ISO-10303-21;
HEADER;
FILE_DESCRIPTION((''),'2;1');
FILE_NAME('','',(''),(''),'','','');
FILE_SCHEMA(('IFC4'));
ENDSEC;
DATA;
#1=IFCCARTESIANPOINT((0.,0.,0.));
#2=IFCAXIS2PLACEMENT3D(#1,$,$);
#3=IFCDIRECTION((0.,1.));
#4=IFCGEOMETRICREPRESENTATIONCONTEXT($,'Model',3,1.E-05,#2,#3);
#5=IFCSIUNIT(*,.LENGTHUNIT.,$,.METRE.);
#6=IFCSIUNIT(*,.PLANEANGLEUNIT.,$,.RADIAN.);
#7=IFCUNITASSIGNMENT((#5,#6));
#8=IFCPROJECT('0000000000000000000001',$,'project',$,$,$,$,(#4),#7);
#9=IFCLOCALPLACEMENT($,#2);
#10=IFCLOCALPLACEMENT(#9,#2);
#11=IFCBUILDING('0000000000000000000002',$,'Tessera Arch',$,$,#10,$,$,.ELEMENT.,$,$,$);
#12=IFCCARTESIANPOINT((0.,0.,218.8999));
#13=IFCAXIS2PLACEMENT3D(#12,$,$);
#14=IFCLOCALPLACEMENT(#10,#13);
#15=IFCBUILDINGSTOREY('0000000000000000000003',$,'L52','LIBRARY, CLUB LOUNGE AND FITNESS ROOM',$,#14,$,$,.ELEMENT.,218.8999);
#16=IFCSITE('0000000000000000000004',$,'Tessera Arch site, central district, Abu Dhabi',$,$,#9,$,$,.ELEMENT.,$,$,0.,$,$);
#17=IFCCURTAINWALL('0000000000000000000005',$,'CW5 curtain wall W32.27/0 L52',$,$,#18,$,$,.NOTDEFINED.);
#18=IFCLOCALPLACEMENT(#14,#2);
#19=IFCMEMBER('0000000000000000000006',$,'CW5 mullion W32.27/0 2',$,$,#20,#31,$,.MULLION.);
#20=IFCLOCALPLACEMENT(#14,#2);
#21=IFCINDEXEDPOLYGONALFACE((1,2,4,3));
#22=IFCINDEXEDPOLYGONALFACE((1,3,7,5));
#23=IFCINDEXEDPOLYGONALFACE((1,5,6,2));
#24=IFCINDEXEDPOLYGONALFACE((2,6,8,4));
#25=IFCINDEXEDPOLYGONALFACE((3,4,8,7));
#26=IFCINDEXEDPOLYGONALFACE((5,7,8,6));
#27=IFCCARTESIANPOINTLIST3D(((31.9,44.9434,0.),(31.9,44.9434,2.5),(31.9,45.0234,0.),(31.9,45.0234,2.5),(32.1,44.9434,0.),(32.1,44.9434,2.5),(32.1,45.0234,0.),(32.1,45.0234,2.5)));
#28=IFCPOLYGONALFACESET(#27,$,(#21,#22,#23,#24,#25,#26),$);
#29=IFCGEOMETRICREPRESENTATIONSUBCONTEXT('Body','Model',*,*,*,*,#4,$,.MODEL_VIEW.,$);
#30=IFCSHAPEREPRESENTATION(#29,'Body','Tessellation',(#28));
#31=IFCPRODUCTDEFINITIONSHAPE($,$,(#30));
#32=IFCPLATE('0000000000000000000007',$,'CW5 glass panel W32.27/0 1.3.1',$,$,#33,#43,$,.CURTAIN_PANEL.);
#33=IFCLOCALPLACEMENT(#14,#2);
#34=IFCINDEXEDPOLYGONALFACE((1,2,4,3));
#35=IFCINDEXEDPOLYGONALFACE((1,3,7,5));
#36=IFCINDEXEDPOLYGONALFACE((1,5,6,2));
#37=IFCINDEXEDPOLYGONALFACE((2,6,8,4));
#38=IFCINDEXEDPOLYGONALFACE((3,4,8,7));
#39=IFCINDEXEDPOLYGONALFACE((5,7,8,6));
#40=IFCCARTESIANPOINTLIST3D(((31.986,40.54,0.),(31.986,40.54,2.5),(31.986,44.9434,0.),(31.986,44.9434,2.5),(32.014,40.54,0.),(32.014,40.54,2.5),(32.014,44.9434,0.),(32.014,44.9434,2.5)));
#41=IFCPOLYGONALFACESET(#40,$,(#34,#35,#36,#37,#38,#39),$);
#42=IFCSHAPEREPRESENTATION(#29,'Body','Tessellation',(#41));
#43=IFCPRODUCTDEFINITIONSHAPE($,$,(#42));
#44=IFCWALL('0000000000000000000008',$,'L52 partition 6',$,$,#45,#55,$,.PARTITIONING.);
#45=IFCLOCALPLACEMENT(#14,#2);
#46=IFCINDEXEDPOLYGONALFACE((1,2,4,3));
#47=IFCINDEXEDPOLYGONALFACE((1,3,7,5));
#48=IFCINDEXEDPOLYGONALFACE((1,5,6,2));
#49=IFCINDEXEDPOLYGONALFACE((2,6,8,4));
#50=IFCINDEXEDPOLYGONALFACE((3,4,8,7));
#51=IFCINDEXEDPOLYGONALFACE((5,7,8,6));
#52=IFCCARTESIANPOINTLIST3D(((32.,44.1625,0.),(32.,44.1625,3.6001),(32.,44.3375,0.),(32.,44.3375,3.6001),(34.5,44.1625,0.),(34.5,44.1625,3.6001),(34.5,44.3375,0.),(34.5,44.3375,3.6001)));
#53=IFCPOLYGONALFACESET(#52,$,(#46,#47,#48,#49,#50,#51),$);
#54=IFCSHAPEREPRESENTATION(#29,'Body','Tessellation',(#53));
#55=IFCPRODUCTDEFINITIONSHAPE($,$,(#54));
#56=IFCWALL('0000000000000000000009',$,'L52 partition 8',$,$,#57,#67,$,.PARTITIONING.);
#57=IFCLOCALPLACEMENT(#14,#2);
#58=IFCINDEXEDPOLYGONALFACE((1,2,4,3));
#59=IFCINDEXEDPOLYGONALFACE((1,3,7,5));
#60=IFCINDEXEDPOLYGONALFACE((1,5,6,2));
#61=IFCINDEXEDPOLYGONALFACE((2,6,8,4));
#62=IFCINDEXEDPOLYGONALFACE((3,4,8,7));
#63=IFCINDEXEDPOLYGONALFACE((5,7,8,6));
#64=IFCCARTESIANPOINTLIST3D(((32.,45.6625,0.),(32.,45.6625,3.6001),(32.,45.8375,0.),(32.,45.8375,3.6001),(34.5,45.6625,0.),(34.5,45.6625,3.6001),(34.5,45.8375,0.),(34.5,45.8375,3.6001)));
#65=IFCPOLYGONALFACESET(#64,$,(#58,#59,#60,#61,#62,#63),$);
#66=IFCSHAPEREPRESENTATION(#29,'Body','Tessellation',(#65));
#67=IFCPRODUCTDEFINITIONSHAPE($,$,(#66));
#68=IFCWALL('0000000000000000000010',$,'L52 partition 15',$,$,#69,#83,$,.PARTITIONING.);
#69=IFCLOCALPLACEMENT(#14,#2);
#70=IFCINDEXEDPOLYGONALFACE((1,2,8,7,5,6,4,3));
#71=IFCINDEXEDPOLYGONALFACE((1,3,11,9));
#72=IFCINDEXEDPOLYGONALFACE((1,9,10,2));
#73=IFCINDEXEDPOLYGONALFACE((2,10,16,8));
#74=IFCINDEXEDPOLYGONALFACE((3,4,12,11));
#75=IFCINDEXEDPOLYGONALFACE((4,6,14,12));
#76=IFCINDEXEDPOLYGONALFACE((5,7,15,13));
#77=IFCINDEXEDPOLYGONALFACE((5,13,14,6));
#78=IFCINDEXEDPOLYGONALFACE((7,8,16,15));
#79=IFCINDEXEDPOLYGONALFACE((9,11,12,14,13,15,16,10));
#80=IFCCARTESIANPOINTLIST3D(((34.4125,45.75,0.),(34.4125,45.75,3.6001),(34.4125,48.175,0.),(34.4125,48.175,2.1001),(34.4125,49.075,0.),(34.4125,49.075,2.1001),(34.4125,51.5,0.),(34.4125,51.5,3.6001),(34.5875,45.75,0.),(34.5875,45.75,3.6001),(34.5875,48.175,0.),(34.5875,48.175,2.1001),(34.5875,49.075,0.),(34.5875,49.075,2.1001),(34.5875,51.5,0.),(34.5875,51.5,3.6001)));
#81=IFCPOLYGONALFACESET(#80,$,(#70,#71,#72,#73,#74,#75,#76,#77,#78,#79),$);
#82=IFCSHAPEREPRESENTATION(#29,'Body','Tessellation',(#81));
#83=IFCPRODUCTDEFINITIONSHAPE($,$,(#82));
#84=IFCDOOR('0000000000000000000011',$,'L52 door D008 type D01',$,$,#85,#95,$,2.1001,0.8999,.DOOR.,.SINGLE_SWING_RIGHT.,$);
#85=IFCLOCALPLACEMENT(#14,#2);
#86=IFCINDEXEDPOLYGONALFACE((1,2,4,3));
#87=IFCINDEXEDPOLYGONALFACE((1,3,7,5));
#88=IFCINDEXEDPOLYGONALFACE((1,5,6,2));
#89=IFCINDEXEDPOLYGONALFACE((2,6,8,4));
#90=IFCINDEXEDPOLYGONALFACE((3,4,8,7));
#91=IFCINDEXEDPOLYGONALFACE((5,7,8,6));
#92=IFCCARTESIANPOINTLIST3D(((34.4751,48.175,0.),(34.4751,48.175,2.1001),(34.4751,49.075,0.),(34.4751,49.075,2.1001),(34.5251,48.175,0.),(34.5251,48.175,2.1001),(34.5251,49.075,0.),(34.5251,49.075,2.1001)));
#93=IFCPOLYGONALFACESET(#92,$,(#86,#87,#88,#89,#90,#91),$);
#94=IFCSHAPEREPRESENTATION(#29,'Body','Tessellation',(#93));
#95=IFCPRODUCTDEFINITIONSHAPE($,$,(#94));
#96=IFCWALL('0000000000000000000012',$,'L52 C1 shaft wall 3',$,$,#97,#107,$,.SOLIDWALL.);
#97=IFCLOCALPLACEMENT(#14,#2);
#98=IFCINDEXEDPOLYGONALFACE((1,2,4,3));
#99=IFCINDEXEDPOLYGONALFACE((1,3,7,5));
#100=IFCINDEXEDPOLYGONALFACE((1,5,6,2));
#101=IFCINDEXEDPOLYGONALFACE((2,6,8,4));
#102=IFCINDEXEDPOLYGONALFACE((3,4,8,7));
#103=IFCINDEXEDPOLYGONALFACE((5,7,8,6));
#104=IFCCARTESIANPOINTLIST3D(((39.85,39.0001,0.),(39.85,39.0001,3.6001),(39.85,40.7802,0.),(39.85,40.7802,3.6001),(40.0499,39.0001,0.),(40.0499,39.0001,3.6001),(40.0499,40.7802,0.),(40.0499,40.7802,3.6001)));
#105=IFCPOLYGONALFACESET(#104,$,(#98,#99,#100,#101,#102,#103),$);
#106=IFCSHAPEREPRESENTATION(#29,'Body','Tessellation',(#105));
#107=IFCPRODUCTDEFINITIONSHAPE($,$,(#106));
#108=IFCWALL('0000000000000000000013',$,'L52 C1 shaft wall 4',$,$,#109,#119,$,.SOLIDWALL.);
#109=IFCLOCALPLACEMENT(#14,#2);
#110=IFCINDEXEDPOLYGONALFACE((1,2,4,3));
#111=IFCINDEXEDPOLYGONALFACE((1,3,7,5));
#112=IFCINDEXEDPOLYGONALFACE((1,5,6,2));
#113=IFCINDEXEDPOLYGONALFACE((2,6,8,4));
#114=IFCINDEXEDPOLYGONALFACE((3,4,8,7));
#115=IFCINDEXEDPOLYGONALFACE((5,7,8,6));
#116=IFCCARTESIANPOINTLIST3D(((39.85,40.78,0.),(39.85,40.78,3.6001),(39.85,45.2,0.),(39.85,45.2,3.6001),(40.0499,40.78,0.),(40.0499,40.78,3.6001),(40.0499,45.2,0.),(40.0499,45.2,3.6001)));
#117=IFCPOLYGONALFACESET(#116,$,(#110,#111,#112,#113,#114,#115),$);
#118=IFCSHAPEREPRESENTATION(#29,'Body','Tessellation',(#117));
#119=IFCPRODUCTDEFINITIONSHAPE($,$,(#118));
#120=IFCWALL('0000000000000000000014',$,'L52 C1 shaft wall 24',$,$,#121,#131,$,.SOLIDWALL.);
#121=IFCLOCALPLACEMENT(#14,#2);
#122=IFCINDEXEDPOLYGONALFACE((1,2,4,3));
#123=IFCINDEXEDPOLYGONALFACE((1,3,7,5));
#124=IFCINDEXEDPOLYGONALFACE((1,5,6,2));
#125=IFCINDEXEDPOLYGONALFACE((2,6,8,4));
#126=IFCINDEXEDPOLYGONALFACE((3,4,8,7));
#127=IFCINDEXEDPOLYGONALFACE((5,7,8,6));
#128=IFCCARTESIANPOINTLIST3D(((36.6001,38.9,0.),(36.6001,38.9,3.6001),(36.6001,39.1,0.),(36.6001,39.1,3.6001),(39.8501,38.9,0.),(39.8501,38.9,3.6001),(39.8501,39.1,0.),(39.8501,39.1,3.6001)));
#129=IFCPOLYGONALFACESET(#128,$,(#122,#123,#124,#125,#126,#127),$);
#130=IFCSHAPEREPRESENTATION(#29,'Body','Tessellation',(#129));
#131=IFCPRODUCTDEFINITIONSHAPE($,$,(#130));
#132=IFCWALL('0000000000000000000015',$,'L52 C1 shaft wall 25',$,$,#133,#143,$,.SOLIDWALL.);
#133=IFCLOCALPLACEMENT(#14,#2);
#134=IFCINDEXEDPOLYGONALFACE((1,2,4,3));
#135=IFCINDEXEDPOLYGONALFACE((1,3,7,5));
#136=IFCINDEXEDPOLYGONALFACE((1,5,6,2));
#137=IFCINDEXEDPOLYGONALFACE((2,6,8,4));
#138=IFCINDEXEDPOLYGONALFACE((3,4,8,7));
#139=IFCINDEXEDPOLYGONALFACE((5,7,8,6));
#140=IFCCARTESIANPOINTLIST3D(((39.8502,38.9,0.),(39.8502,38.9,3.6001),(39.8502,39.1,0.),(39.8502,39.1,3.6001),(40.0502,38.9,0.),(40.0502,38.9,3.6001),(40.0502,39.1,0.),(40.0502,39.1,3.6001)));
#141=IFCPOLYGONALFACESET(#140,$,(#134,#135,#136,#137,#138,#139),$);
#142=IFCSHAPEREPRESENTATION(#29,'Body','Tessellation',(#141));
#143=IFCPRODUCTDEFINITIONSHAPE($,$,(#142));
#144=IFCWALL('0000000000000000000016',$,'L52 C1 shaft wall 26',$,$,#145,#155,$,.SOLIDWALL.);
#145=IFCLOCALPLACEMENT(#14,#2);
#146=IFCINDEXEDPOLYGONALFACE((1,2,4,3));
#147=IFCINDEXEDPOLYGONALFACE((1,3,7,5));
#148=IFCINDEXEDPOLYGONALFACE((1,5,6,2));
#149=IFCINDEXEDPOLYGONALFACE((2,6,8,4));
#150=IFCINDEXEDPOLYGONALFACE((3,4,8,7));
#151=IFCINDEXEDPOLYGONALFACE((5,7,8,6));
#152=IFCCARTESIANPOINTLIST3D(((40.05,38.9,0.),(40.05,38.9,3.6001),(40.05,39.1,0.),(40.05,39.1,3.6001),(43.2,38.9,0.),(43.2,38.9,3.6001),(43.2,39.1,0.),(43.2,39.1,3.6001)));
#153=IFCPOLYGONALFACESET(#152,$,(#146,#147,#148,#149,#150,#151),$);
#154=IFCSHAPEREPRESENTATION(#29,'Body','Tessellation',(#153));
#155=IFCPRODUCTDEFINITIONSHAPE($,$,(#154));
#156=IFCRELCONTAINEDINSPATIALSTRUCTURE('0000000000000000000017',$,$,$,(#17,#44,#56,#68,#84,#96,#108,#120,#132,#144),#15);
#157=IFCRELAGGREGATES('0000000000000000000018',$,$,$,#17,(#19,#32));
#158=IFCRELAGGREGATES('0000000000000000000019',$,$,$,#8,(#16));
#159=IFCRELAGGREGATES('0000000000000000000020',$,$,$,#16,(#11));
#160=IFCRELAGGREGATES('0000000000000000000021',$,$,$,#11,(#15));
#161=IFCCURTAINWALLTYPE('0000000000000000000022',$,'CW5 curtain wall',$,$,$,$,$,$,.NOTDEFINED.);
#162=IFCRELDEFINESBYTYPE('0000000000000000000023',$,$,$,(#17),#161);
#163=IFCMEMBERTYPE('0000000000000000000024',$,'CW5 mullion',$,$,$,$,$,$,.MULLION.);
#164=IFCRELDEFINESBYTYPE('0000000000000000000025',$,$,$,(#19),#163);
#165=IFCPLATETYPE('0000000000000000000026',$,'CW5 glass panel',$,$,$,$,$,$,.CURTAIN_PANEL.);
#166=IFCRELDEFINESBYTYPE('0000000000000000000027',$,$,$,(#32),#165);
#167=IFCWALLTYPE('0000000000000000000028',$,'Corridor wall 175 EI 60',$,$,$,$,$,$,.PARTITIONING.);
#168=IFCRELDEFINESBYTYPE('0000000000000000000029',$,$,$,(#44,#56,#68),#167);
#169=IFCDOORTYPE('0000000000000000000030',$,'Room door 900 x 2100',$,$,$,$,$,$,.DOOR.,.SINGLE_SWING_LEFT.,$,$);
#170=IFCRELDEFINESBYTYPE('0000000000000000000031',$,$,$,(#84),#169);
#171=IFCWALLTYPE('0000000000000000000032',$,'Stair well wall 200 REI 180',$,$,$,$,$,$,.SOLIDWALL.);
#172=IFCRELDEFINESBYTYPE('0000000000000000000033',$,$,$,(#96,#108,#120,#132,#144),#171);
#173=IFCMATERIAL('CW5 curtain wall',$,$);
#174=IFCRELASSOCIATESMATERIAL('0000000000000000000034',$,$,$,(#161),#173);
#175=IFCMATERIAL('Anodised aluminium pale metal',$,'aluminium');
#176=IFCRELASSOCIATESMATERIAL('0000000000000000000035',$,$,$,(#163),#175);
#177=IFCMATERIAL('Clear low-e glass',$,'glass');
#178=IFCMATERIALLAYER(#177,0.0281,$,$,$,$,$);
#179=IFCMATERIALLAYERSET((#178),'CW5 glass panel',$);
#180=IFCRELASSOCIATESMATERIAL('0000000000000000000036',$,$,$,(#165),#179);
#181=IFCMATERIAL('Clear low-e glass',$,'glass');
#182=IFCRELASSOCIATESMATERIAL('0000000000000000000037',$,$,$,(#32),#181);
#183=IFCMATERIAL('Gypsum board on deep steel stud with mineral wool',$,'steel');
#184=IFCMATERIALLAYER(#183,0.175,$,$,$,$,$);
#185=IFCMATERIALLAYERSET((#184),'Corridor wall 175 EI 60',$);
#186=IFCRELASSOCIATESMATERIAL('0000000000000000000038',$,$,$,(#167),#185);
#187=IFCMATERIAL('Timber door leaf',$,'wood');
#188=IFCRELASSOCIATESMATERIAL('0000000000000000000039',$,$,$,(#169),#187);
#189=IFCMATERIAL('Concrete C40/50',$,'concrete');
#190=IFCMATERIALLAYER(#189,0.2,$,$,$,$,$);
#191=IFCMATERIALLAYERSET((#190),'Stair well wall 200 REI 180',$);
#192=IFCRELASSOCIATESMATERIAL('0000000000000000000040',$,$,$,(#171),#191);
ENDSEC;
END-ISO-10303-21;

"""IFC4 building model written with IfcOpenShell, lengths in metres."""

from ifc_helpers import new_model, si_unit, direction, frame, frame_2d, origin, origin_2d, place, context, subcontext, project, spatial, rectangle, extrude, material, layer, layer_set, material_profile, profile_set, type_object, element, fill, aggregate, save


model = new_model("IFC4")

# Units and contexts
model_context = context("Model", 3, precision=1e-05, world=origin(), true_north=direction((0.0, 1.0)))
body_context = subcontext(model_context, "Body", "Model", "MODEL_VIEW")
ifc_project = project(units=[si_unit("LENGTHUNIT", "METRE"), si_unit("PLANEANGLEUNIT", "RADIAN")], contexts=[model_context])

# Site, building, storey
site_placement = place(None, origin())
site = spatial("IfcSite", under=ifc_project, at=site_placement, Name="Tessera Arch site, central district, Abu Dhabi", CompositionType="ELEMENT", RefElevation=0.0)
building_placement = place(site_placement, origin())
building = spatial("IfcBuilding", under=site, at=building_placement, Name="Tessera Arch", CompositionType="ELEMENT")
storey_placement = place(building_placement, frame((0.0, 0.0, 218.8999)))
storey = spatial("IfcBuildingStorey", under=building, at=storey_placement, Name="L52", Description="LIBRARY, CLUB LOUNGE AND FITNESS ROOM", CompositionType="ELEMENT", Elevation=218.8999)

# Curtain wall, member, plate
ifc_material_1 = material(Name="CW5 curtain wall")
curtain_wall_type = type_object("IfcCurtainWallType", Name="CW5 curtain wall", PredefinedType="NOTDEFINED", material=ifc_material_1)
curtain_wall_placement = place(storey_placement, origin())
curtain_wall = element("IfcCurtainWall", 1, at=curtain_wall_placement, inside=storey, type_object=curtain_wall_type, Name="CW5 curtain wall W32.27/0 L52", PredefinedType="NOTDEFINED")
ifc_material_2 = material(Name="Anodised aluminium pale metal", Category="aluminium")
ifc_material_profile = material_profile(ifc_material_2, rectangle(XDim=0.2, YDim=0.0801, at=origin_2d()), Name="AL 80x200")
ifc_profile_set = profile_set([ifc_material_profile], Name="Anodised aluminium pale metal")
member_type = type_object("IfcMemberType", Name="CW5 mullion", PredefinedType="MULLION", material=ifc_profile_set)
member_placement = place(storey_placement, frame((32.0, 44.9834, 0.0), z_axis=(0.0, 0.0, 1.0), x_axis=(1.0, 0.0, 0.0)))
member = element("IfcMember", 2, at=member_placement, type_object=member_type, Name="CW5 mullion W32.27/0 2", PredefinedType="MULLION", context=body_context, shape_type="SweptSolid", body=[
    extrude(rectangle(XDim=0.2, YDim=0.0801, at=origin_2d()), origin(), (0.0, 0.0, 1.0), 2.5),
])
ifc_material_3 = material(Name="Clear low-e glass", Category="glass")
ifc_material_4 = material(Name="Clear low-e glass", Category="glass")
ifc_layer_1 = layer(ifc_material_4, 0.0281)
ifc_layer_set_1 = layer_set([ifc_layer_1], Name="CW5 glass panel")
plate_type = type_object("IfcPlateType", Name="CW5 glass panel", PredefinedType="CURTAIN_PANEL", material=ifc_layer_set_1)
plate_placement = place(storey_placement, frame((32.0, 42.7417, 0.0), z_axis=(0.0, 0.0, 1.0), x_axis=(0.0, -1.0, 0.0)))
plate = element("IfcPlate", 3, at=plate_placement, type_object=plate_type, material=ifc_material_3, Name="CW5 glass panel W32.27/0 1.3.1", PredefinedType="CURTAIN_PANEL", context=body_context, shape_type="SweptSolid", body=[
    extrude(rectangle(XDim=4.4033, YDim=0.0281, at=origin_2d()), origin(), (0.0, 0.0, 1.0), 2.5),
])
aggregate(curtain_wall, [member, plate])

# Walls
ifc_material_5 = material(Name="Gypsum board on deep steel stud with mineral wool", Category="steel")
ifc_layer_2 = layer(ifc_material_5, 0.175)
ifc_layer_set_2 = layer_set([ifc_layer_2], Name="Corridor wall 175 EI 60")
wall_type_1 = type_object("IfcWallType", Name="Corridor wall 175 EI 60", PredefinedType="PARTITIONING", material=ifc_layer_set_2)
for number, where, z_axis, x_axis, name in (
    (4, (32.0, 44.25, 0.0), (0.0, 0.0, 1.0), (1.0, 0.0, 0.0), "L52 partition 6"),
    (5, (32.0, 45.75, 0.0), (0.0, 0.0, 1.0), (1.0, 0.0, 0.0), "L52 partition 8"),
):
    element("IfcWall", number, at=place(storey_placement, frame(where, z_axis=z_axis, x_axis=x_axis)), inside=storey, type_object=wall_type_1, Name=name, PredefinedType="PARTITIONING", context=body_context, shape_type="SweptSolid", body=[
        extrude(rectangle(XDim=2.5, YDim=0.175, at=frame_2d((1.25, 0.0))), origin(), (0.0, 0.0, 1.0), 3.6001),
    ])

# Wall, opening, door
wall_1_placement = place(storey_placement, frame((34.5, 45.75, 0.0), z_axis=(0.0, 0.0, 1.0), x_axis=(0.0, 1.0, 0.0)))
wall_1 = element("IfcWall", 6, at=wall_1_placement, inside=storey, type_object=wall_type_1, Name="L52 partition 15", PredefinedType="PARTITIONING", context=body_context, shape_type="SweptSolid", body=[
    extrude(rectangle(XDim=5.75, YDim=0.175, at=frame_2d((2.875, 0.0))), origin(), (0.0, 0.0, 1.0), 3.6001),
])
opening_1_placement = place(wall_1_placement, frame((2.425, 0.0, 0.0)))
opening_1 = element("IfcOpeningElement", 7, at=opening_1_placement, cuts=wall_1, PredefinedType="OPENING", context=body_context, shape_type="SweptSolid", body=[
    extrude(rectangle(XDim=0.8999, YDim=2.1001, at=frame_2d((0.45, 1.05))), frame((0.0, 0.0974, 0.0), z_axis=(0.0, -1.0, 0.0), x_axis=(1.0, 0.0, 0.0)), (0.0, 0.0, 1.0), 0.1951),
])
ifc_material_6 = material(Name="Timber door leaf", Category="wood")
door_type_1 = type_object("IfcDoorType", Name="Room door 900 x 2100", OperationType="SINGLE_SWING_LEFT", PredefinedType="DOOR", material=ifc_material_6)
door_1_placement = place(opening_1_placement, origin())
door_1 = element("IfcDoor", 8, at=door_1_placement, inside=storey, type_object=door_type_1, Name="L52 door D008 type D01", OperationType="SINGLE_SWING_RIGHT", OverallHeight=2.1001, OverallWidth=0.8999, PredefinedType="DOOR", context=body_context, shape_type="SweptSolid", body=[
    extrude(rectangle(XDim=0.8999, YDim=2.1001, at=frame_2d((0.45, 1.05))), frame((0.0, 0.0249, 0.0), z_axis=(0.0, -1.0, 0.0), x_axis=(1.0, 0.0, 0.0)), (0.0, 0.0, 1.0), 0.05),
])
fill(opening_1, door_1)

# Walls
ifc_material_7 = material(Name="Concrete C40/50", Category="concrete")
ifc_layer_3 = layer(ifc_material_7, 0.2)
ifc_layer_set_3 = layer_set([ifc_layer_3], Name="Stair well wall 200 REI 180")
wall_type_2 = type_object("IfcWallType", Name="Stair well wall 200 REI 180", PredefinedType="SOLIDWALL", material=ifc_layer_set_3)
wall_2_placement = place(storey_placement, frame((39.95, 39.0, 0.0), z_axis=(0.0, 0.0, 1.0), x_axis=(0.0, 1.0, 0.0)))
element("IfcWall", 9, at=wall_2_placement, inside=storey, type_object=wall_type_2, Name="L52 C1 shaft wall 3", PredefinedType="SOLIDWALL", context=body_context, shape_type="SweptSolid", body=[
    extrude(rectangle(XDim=1.78, YDim=0.2, at=frame_2d((0.8901, 0.0))), origin(), (0.0, 0.0, 1.0), 3.6001),
])
wall_3_placement = place(storey_placement, frame((39.95, 40.78, 0.0), z_axis=(0.0, 0.0, 1.0), x_axis=(0.0, 1.0, 0.0)))
element("IfcWall", 10, at=wall_3_placement, inside=storey, type_object=wall_type_2, Name="L52 C1 shaft wall 4", PredefinedType="SOLIDWALL", context=body_context, shape_type="SweptSolid", body=[
    extrude(rectangle(XDim=4.4199, YDim=0.2, at=frame_2d((2.21, 0.0))), origin(), (0.0, 0.0, 1.0), 3.6001),
])
wall_4_placement = place(storey_placement, frame((36.6001, 39.0, 0.0), z_axis=(0.0, 0.0, 1.0), x_axis=(1.0, 0.0, 0.0)))
element("IfcWall", 11, at=wall_4_placement, inside=storey, type_object=wall_type_2, Name="L52 C1 shaft wall 24", PredefinedType="SOLIDWALL", context=body_context, shape_type="SweptSolid", body=[
    extrude(rectangle(XDim=3.25, YDim=0.2, at=frame_2d((1.625, 0.0))), origin(), (0.0, 0.0, 1.0), 3.6001),
])
wall_5_placement = place(storey_placement, frame((39.8501, 39.0, 0.0), z_axis=(0.0, 0.0, 1.0), x_axis=(1.0, 0.0, 0.0)))
element("IfcWall", 12, at=wall_5_placement, inside=storey, type_object=wall_type_2, Name="L52 C1 shaft wall 25", PredefinedType="SOLIDWALL", context=body_context, shape_type="SweptSolid", body=[
    extrude(rectangle(XDim=0.2, YDim=0.2, at=frame_2d((0.1001, 0.0))), origin(), (0.0, 0.0, 1.0), 3.6001),
])
wall_6_placement = place(storey_placement, frame((40.05, 39.0, 0.0), z_axis=(0.0, 0.0, 1.0), x_axis=(1.0, 0.0, 0.0)))
element("IfcWall", 13, at=wall_6_placement, inside=storey, type_object=wall_type_2, Name="L52 C1 shaft wall 26", PredefinedType="SOLIDWALL", context=body_context, shape_type="SweptSolid", body=[
    extrude(rectangle(XDim=3.1499, YDim=0.2, at=frame_2d((1.575, 0.0))), origin(), (0.0, 0.0, 1.0), 3.6001),
])

save(model, "model.ifc")
